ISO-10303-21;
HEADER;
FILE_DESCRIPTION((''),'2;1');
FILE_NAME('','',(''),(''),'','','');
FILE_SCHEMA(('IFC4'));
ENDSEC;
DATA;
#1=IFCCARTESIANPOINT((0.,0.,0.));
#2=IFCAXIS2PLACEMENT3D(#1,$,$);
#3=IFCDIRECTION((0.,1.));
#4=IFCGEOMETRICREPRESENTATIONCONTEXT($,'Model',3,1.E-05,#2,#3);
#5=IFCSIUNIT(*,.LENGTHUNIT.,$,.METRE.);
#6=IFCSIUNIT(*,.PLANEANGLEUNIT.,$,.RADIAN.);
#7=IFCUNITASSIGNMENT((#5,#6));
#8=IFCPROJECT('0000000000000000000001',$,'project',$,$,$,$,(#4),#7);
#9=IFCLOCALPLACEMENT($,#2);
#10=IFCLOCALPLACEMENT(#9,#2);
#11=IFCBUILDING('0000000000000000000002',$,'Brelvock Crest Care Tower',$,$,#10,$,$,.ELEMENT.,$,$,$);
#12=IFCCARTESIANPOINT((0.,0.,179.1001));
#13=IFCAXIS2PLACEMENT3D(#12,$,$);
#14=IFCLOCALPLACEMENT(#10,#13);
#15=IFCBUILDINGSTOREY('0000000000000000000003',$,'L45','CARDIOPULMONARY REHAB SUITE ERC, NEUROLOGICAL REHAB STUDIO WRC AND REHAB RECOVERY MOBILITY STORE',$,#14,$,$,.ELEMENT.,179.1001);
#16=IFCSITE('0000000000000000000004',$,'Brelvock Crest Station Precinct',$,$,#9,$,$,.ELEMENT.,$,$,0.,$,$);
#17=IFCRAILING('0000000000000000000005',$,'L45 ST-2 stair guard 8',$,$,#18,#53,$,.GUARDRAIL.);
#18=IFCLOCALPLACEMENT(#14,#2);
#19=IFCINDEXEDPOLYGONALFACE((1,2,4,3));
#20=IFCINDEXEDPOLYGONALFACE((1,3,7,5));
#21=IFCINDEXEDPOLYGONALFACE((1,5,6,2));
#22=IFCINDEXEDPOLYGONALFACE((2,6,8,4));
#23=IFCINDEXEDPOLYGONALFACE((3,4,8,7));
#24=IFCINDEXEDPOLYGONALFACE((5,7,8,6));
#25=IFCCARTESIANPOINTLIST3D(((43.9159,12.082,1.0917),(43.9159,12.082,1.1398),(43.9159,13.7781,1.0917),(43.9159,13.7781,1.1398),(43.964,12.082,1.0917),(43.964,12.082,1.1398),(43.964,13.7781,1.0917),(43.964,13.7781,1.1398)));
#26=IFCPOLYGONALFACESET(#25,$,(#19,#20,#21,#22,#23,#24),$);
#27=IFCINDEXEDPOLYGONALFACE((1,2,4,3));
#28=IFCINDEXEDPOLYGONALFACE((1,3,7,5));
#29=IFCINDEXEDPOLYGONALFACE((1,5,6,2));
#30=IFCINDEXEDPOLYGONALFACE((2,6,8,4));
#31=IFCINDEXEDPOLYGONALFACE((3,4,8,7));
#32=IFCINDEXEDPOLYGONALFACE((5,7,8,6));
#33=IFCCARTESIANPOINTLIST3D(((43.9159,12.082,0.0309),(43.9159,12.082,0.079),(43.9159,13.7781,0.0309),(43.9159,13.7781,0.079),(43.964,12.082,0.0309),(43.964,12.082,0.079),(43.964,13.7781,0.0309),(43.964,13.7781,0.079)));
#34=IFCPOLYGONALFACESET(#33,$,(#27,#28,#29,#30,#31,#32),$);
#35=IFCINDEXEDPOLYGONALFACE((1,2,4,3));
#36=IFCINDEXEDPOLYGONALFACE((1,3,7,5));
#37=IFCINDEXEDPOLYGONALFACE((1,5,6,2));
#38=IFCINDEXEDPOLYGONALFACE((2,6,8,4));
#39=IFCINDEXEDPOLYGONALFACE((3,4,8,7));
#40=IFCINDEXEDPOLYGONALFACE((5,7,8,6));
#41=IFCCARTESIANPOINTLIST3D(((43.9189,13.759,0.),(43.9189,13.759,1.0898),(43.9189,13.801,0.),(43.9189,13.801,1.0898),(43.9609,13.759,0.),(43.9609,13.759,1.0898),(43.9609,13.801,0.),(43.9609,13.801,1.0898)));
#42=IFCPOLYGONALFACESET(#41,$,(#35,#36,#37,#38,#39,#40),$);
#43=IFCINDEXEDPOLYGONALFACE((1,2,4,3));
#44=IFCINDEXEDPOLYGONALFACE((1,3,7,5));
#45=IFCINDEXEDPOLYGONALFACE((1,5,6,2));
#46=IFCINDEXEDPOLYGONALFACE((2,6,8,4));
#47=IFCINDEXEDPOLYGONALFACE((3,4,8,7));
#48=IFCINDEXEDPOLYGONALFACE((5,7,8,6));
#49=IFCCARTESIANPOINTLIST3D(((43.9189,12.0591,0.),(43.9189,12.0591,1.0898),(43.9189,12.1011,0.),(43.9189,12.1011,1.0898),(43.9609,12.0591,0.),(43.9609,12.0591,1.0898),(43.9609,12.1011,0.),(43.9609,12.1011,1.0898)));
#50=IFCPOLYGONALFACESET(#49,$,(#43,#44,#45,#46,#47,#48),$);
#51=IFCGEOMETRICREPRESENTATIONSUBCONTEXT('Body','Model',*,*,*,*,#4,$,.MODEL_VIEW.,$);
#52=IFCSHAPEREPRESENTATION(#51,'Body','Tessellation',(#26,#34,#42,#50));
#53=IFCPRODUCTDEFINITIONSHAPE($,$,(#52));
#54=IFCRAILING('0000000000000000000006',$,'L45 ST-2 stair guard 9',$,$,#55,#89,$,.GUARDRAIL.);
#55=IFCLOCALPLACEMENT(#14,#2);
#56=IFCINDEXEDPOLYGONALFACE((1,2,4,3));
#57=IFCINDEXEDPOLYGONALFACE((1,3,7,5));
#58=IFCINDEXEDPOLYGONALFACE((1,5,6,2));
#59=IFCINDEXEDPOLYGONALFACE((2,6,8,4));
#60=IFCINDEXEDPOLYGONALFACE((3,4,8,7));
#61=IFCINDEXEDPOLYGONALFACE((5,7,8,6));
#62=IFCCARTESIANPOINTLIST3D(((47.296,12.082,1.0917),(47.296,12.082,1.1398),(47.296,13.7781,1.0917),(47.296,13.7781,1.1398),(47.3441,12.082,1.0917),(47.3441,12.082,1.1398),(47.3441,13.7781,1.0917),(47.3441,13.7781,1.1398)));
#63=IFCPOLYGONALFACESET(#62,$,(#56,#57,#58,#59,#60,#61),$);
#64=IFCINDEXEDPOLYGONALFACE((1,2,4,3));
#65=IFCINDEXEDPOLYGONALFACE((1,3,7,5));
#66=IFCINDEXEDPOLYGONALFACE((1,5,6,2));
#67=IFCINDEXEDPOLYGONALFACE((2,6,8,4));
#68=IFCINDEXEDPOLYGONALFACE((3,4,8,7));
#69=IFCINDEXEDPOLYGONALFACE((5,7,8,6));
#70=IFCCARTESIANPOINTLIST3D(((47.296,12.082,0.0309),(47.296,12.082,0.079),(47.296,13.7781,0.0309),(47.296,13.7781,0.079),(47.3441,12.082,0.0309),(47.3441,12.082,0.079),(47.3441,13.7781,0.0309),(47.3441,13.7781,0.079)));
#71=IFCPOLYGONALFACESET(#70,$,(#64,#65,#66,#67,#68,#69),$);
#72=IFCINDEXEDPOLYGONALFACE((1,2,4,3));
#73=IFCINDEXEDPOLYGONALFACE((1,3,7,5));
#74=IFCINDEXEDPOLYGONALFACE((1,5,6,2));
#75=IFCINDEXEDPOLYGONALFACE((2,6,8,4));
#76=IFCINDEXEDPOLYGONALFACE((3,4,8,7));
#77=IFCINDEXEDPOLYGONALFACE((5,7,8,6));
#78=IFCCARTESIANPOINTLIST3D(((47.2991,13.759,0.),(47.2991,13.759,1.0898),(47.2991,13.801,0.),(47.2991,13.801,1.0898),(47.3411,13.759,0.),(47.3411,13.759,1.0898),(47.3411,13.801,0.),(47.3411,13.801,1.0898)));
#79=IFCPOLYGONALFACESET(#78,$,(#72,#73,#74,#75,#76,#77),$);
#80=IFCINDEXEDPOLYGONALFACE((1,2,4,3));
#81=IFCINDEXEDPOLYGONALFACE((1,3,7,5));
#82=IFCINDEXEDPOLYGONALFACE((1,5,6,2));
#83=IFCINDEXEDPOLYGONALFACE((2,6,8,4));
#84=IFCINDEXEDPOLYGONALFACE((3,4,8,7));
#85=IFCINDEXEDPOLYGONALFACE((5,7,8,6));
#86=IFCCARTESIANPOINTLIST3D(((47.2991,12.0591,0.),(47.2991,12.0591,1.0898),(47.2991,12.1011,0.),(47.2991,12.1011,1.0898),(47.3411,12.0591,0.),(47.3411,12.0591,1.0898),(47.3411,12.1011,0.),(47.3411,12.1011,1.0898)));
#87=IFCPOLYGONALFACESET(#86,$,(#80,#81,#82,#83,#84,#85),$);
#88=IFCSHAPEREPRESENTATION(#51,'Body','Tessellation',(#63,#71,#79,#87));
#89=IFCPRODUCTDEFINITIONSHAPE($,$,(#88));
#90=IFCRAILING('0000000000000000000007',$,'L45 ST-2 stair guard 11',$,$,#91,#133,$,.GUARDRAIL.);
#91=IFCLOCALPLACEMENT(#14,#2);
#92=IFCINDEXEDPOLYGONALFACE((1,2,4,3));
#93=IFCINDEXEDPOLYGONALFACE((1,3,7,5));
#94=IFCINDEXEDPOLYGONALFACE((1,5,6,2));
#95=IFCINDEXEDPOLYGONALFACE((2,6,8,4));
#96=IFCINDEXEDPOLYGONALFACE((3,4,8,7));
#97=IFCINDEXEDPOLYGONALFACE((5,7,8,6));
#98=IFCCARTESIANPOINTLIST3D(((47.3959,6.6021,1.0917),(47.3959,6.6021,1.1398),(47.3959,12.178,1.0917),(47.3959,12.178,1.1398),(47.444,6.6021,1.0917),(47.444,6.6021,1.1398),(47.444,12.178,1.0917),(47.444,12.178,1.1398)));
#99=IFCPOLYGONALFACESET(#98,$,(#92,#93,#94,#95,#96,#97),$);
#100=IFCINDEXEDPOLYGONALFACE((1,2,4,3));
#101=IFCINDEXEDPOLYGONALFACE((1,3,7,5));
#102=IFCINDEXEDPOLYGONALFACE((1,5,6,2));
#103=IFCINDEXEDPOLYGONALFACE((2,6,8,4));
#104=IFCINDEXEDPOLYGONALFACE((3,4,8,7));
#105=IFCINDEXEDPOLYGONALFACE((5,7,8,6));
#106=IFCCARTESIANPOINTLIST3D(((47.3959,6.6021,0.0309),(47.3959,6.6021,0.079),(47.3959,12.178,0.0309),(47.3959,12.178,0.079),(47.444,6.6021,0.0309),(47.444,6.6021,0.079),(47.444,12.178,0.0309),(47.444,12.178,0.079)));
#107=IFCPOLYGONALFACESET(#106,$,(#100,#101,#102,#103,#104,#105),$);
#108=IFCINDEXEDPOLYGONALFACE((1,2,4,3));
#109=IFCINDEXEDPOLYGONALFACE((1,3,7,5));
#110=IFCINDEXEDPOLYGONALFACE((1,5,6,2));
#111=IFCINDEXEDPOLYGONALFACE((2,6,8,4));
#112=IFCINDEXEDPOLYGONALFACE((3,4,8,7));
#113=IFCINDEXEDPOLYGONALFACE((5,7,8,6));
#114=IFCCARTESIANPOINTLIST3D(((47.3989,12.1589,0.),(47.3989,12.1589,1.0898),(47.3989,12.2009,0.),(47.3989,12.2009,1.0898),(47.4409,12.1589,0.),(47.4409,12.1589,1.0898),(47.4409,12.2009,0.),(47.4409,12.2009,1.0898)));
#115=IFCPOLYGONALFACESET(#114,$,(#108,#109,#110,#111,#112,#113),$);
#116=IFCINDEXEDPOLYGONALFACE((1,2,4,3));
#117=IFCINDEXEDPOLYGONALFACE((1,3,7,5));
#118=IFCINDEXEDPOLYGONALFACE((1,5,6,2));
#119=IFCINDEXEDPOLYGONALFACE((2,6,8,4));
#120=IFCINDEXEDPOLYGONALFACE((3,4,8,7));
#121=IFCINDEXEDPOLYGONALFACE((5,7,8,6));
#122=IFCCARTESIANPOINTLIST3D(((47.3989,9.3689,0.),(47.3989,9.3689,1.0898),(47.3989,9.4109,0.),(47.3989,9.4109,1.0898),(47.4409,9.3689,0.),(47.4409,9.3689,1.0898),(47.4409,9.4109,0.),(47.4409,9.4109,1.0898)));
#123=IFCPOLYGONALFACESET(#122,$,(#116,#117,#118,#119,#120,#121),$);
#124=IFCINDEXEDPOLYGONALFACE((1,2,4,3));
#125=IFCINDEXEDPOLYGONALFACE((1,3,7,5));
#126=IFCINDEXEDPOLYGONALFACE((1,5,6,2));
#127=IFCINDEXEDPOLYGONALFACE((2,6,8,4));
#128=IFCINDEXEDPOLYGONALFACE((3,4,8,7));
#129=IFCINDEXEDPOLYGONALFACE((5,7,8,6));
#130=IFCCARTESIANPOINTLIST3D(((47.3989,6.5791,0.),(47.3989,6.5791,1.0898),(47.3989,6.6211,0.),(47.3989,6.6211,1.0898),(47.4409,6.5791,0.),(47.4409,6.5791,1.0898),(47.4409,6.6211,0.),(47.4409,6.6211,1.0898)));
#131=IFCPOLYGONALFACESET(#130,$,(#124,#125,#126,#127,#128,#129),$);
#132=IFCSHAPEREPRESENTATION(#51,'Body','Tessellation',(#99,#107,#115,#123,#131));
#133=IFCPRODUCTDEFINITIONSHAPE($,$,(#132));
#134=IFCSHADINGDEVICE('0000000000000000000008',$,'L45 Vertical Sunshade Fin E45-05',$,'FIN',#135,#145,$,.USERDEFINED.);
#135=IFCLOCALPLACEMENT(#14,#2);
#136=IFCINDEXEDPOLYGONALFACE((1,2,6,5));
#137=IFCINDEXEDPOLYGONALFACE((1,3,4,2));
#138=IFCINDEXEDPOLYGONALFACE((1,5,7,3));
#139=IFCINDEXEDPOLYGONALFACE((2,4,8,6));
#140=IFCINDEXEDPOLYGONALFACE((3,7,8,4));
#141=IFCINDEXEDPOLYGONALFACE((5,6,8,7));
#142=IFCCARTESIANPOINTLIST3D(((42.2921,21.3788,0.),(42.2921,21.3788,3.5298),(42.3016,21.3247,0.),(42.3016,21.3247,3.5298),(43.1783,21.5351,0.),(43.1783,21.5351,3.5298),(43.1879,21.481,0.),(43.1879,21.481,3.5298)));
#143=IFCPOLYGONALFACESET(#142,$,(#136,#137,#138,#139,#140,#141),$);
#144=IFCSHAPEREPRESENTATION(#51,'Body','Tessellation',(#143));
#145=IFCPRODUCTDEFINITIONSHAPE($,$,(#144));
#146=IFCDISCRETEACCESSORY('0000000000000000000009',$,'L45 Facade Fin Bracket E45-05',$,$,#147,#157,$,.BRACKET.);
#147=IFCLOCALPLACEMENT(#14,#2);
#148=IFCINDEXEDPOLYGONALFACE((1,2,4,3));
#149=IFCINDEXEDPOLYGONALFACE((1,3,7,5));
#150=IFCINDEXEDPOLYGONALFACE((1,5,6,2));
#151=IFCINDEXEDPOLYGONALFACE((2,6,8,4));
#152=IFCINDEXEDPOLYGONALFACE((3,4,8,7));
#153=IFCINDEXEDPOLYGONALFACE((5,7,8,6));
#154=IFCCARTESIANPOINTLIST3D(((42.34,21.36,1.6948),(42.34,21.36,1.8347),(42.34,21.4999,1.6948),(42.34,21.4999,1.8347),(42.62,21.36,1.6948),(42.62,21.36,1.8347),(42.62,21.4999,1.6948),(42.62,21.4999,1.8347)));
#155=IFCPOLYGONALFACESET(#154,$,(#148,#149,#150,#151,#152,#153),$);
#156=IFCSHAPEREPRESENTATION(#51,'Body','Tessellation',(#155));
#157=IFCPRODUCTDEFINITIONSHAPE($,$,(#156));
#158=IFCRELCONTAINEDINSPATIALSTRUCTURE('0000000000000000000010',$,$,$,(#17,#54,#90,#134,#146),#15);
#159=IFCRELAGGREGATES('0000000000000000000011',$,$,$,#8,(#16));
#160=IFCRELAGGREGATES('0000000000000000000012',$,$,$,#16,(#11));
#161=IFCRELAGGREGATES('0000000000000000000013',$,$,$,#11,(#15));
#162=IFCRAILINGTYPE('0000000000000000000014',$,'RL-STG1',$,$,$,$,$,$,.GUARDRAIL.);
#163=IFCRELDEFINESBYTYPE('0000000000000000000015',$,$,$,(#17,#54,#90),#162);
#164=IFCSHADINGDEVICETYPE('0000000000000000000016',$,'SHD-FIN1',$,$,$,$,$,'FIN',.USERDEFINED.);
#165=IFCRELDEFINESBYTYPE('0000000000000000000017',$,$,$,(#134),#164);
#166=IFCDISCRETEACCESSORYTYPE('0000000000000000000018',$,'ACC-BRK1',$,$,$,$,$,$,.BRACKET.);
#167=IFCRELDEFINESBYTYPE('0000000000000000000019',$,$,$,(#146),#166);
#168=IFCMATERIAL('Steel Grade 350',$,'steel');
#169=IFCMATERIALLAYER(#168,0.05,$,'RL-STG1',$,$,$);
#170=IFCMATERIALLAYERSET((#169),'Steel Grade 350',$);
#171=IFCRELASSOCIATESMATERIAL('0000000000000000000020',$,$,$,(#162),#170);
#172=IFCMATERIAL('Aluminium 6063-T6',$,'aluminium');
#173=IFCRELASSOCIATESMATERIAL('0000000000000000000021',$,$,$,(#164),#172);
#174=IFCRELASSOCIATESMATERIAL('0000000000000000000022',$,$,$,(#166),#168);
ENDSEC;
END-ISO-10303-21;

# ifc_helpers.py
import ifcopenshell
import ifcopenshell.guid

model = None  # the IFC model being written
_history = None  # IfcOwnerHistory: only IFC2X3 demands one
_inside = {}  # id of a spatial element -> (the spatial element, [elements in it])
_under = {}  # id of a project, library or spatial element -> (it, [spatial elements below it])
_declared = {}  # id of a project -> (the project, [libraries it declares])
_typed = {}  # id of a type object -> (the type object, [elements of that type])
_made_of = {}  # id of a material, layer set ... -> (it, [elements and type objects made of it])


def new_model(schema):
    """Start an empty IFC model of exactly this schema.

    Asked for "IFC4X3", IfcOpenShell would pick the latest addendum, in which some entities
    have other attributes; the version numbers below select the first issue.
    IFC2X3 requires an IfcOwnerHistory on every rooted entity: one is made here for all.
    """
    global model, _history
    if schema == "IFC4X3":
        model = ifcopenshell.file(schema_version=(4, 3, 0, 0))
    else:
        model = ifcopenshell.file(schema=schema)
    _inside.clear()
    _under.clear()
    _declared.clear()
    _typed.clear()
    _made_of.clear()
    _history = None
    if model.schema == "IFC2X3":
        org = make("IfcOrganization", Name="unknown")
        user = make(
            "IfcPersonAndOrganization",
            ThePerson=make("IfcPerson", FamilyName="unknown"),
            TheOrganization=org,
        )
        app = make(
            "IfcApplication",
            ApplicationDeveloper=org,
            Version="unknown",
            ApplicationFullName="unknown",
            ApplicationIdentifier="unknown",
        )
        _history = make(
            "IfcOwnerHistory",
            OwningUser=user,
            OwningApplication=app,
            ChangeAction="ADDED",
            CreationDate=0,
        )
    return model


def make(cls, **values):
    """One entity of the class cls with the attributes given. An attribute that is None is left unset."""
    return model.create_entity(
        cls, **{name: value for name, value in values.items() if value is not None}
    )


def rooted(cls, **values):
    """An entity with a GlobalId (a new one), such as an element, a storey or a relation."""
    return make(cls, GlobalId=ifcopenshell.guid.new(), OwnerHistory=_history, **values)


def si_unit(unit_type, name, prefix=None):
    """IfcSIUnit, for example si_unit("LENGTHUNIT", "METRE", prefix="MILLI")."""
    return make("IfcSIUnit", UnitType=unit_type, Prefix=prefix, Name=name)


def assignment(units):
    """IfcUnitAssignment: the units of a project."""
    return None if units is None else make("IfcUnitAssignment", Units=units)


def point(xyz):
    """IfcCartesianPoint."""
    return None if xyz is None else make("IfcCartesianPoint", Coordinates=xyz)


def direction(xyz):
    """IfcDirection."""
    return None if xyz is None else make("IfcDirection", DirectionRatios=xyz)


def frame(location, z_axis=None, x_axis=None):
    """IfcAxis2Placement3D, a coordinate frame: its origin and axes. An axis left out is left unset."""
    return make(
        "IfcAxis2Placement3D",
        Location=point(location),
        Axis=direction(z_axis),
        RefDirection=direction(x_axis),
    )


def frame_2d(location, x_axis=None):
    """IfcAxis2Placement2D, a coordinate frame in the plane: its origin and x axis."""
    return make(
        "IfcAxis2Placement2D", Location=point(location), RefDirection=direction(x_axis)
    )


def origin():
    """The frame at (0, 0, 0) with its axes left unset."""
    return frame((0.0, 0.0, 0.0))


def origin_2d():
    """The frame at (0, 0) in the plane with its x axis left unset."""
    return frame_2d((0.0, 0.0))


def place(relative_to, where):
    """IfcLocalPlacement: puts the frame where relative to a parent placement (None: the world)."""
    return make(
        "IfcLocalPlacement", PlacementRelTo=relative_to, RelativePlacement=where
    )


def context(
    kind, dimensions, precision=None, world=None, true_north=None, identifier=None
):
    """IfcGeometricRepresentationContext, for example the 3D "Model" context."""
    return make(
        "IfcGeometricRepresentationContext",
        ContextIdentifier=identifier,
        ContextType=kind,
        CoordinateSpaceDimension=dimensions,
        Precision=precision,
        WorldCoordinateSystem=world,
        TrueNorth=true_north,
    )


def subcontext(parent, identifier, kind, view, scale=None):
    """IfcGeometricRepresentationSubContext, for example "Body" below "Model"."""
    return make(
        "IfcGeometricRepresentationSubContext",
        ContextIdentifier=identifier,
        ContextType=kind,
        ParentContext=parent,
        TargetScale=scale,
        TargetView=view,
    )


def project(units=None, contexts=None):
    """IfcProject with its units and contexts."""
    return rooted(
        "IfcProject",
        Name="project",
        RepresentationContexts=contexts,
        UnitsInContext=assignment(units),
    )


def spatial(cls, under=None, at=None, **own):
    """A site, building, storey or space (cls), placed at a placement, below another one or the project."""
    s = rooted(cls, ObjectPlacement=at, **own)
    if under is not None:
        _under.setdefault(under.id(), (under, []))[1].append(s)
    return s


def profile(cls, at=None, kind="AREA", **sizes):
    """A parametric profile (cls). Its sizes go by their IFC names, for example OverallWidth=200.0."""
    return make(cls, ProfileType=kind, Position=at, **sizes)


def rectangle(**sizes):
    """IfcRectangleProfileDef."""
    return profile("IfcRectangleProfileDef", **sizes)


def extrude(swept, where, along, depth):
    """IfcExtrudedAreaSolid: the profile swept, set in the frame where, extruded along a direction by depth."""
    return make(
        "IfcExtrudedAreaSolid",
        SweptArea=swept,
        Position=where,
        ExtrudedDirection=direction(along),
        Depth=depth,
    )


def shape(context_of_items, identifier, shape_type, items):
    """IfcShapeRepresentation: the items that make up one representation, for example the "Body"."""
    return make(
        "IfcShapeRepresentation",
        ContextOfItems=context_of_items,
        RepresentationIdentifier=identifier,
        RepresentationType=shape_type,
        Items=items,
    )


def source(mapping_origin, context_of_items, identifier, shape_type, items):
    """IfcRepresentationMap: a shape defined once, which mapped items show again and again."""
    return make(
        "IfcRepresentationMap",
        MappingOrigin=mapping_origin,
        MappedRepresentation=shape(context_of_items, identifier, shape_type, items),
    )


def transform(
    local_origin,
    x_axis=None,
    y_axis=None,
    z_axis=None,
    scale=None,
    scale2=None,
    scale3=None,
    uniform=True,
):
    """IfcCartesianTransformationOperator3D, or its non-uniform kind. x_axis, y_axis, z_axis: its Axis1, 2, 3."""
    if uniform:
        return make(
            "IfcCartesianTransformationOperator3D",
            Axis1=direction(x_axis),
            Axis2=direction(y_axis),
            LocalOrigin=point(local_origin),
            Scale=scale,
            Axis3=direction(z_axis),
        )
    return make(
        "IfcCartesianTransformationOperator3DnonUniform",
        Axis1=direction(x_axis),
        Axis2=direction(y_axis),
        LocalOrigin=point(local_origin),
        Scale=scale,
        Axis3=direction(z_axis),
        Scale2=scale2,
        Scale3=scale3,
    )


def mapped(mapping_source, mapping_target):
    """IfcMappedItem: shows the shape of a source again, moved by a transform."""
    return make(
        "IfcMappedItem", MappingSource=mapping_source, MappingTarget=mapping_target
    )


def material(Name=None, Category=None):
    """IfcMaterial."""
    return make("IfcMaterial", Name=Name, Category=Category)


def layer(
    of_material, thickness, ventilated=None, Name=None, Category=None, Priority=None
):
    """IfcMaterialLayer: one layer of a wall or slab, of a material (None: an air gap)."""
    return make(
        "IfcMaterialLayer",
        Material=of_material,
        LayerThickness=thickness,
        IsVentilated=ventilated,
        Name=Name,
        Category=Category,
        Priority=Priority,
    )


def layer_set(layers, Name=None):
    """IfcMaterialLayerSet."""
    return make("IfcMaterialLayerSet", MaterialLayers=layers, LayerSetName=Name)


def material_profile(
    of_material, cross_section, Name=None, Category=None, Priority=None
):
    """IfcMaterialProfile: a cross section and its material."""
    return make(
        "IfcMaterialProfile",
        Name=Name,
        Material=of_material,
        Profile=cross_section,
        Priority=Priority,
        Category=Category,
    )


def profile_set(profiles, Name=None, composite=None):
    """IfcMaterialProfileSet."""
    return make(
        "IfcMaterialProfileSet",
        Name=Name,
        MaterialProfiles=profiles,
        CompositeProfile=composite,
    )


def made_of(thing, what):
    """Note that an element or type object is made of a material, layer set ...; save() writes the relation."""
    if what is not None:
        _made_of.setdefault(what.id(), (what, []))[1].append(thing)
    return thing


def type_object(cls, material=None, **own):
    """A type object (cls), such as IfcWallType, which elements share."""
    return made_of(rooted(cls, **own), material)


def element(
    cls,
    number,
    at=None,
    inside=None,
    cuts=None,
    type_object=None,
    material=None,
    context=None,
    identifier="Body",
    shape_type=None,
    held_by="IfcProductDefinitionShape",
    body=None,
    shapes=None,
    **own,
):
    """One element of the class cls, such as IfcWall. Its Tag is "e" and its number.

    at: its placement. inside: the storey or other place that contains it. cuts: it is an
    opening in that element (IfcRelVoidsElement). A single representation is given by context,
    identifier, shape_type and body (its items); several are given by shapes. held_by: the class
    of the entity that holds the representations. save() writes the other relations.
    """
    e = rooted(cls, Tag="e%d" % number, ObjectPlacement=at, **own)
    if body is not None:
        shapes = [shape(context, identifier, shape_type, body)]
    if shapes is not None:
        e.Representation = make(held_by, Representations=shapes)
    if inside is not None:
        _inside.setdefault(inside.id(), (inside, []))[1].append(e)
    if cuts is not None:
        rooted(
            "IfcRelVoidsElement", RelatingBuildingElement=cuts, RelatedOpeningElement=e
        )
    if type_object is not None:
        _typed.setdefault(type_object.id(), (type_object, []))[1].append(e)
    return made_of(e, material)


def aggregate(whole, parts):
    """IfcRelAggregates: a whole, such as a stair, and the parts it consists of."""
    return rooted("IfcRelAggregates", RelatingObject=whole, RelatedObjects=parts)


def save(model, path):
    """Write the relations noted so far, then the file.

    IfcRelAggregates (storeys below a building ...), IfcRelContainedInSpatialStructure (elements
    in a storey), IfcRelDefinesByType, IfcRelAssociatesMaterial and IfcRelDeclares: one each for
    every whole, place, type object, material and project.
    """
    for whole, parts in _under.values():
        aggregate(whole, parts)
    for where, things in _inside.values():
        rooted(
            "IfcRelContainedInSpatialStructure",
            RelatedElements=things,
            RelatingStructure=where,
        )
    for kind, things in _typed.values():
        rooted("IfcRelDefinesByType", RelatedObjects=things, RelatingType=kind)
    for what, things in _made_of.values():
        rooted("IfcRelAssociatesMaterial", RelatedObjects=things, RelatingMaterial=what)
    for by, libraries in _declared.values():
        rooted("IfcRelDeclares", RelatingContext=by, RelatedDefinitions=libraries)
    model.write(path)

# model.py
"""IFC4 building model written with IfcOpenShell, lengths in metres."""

from ifc_helpers import new_model, si_unit, direction, frame, origin, origin_2d, place, context, subcontext, project, spatial, rectangle, extrude, source, transform, mapped, material, layer, layer_set, material_profile, profile_set, type_object, element, save


model = new_model("IFC4")

# Units and contexts
model_context = context("Model", 3, precision=1e-05, world=origin(), true_north=direction((0.0, 1.0)))
body_context = subcontext(model_context, "Body", "Model", "MODEL_VIEW")
ifc_project = project(units=[si_unit("LENGTHUNIT", "METRE"), si_unit("PLANEANGLEUNIT", "RADIAN")], contexts=[model_context])

# Site, building, storey
site_placement = place(None, origin())
site = spatial("IfcSite", under=ifc_project, at=site_placement, Name="Brelvock Crest Station Precinct", CompositionType="ELEMENT", RefElevation=0.0)
building_placement = place(site_placement, origin())
building = spatial("IfcBuilding", under=site, at=building_placement, Name="Brelvock Crest Care Tower", CompositionType="ELEMENT")
storey_placement = place(building_placement, frame((0.0, 0.0, 179.1001)))
storey = spatial("IfcBuildingStorey", under=building, at=storey_placement, Name="L45", Description="CARDIOPULMONARY REHAB SUITE ERC, NEUROLOGICAL REHAB STUDIO WRC AND REHAB RECOVERY MOBILITY STORE", CompositionType="ELEMENT", Elevation=179.1001)

# Shared definitions
ifc_material_1 = material(Name="Steel Grade 350", Category="steel")

# Shared definitions
ifc_material_2 = material(Name="Aluminium 6063-T6", Category="aluminium")

# Railings
ifc_layer_1 = layer(ifc_material_1, 0.05, Name="RL-STG1")
ifc_layer_set_1 = layer_set([ifc_layer_1], Name="Steel Grade 350")
railing_type = type_object("IfcRailingType", Name="RL-STG1", PredefinedType="GUARDRAIL", material=ifc_layer_set_1)
for number, where, name in (
    (1, (43.9399, 13.78, 0.0), "L45 ST-2 stair guard 8"),
    (2, (47.3201, 13.78, 0.0), "L45 ST-2 stair guard 9"),
):
    element("IfcRailing", number, at=place(storey_placement, frame(where)), inside=storey, type_object=railing_type, Name=name, PredefinedType="GUARDRAIL", context=body_context, shape_type="SweptSolid", body=[
        extrude(rectangle(XDim=0.0481, YDim=0.0481, at=origin_2d()), frame((0.0, -0.002, 1.1157), z_axis=(0.0, -1.0, 0.0), x_axis=(1.0, 0.0, 0.0)), (0.0, 0.0, 1.0), 1.696),
        extrude(rectangle(XDim=0.0481, YDim=0.0481, at=origin_2d()), frame((0.0, -0.002, 0.0549), z_axis=(0.0, -1.0, 0.0), x_axis=(1.0, 0.0, 0.0)), (0.0, 0.0, 1.0), 1.696),
        extrude(rectangle(XDim=0.042, YDim=0.042, at=origin_2d()), origin(), (0.0, 0.0, 1.0), 1.0898),
        extrude(rectangle(XDim=0.042, YDim=0.042, at=origin_2d()), frame((0.0, -1.7, 0.0)), (0.0, 0.0, 1.0), 1.0898),
    ])
railing_placement = place(storey_placement, frame((47.4199, 12.1799, 0.0)))
element("IfcRailing", 3, at=railing_placement, inside=storey, type_object=railing_type, Name="L45 ST-2 stair guard 11", PredefinedType="GUARDRAIL", context=body_context, shape_type="SweptSolid", body=[
    extrude(rectangle(XDim=0.0481, YDim=0.0481, at=origin_2d()), frame((0.0, -0.002, 1.1157), z_axis=(0.0, -1.0, 0.0), x_axis=(1.0, 0.0, 0.0)), (0.0, 0.0, 1.0), 5.5759),
    extrude(rectangle(XDim=0.0481, YDim=0.0481, at=origin_2d()), frame((0.0, -0.002, 0.0549), z_axis=(0.0, -1.0, 0.0), x_axis=(1.0, 0.0, 0.0)), (0.0, 0.0, 1.0), 5.5759),
    extrude(rectangle(XDim=0.042, YDim=0.042, at=origin_2d()), origin(), (0.0, 0.0, 1.0), 1.0898),
    extrude(rectangle(XDim=0.042, YDim=0.042, at=origin_2d()), frame((0.0, -2.79, 0.0)), (0.0, 0.0, 1.0), 1.0898),
    extrude(rectangle(XDim=0.042, YDim=0.042, at=origin_2d()), frame((0.0, -5.5798, 0.0)), (0.0, 0.0, 1.0), 1.0898),
])

# Shading device
ifc_material_profile_1 = material_profile(ifc_material_2, rectangle(XDim=0.0549, YDim=0.8999, at=origin_2d()), Name="FIN55x900")
ifc_profile_set_1 = profile_set([ifc_material_profile_1], Name="Aluminium 6063-T6")
shading_device_type = type_object("IfcShadingDeviceType", Name="SHD-FIN1", ElementType="FIN", PredefinedType="USERDEFINED", material=ifc_profile_set_1)
shared_shape_1 = source(origin(), body_context, "Body", "SweptSolid", [
    extrude(rectangle(XDim=0.0549, YDim=0.8999, at=origin_2d()), origin(), (0.0, 0.0, 1.0), 3.5298),
])
shading_device_placement = place(storey_placement, frame((42.74, 21.4299, 0.0), z_axis=(0.0, 0.0, 1.0), x_axis=(0.173648, -0.984808, 0.0)))
element("IfcShadingDevice", 4, at=shading_device_placement, inside=storey, type_object=shading_device_type, Name="L45 Vertical Sunshade Fin E45-05", ObjectType="FIN", PredefinedType="USERDEFINED", context=body_context, shape_type="MappedRepresentation", body=[
    mapped(shared_shape_1, transform((0.0, 0.0, 0.0), x_axis=(1.0, 0.0, 0.0), y_axis=(0.0, 1.0, 0.0), z_axis=(0.0, 0.0, 1.0), scale=1.0)),
])

# Discrete accessory
discrete_accessory_type = type_object("IfcDiscreteAccessoryType", Name="ACC-BRK1", PredefinedType="BRACKET", material=ifc_material_1)
shared_shape_2 = source(origin(), body_context, "Body", "SweptSolid", [
    extrude(rectangle(XDim=0.28, YDim=0.1399, at=origin_2d()), origin(), (0.0, 0.0, 1.0), 0.1399),
])
discrete_accessory_placement = place(storey_placement, frame((42.48, 21.4299, 1.6948), z_axis=(0.0, 0.0, 1.0), x_axis=(1.0, 0.0, 0.0)))
element("IfcDiscreteAccessory", 5, at=discrete_accessory_placement, inside=storey, type_object=discrete_accessory_type, Name="L45 Facade Fin Bracket E45-05", PredefinedType="BRACKET", context=body_context, shape_type="MappedRepresentation", body=[
    mapped(shared_shape_2, transform((0.0, 0.0, 0.0), x_axis=(1.0, 0.0, 0.0), y_axis=(0.0, 1.0, 0.0), z_axis=(0.0, 0.0, 1.0), scale=1.0)),
])

save(model, "model.ifc")
